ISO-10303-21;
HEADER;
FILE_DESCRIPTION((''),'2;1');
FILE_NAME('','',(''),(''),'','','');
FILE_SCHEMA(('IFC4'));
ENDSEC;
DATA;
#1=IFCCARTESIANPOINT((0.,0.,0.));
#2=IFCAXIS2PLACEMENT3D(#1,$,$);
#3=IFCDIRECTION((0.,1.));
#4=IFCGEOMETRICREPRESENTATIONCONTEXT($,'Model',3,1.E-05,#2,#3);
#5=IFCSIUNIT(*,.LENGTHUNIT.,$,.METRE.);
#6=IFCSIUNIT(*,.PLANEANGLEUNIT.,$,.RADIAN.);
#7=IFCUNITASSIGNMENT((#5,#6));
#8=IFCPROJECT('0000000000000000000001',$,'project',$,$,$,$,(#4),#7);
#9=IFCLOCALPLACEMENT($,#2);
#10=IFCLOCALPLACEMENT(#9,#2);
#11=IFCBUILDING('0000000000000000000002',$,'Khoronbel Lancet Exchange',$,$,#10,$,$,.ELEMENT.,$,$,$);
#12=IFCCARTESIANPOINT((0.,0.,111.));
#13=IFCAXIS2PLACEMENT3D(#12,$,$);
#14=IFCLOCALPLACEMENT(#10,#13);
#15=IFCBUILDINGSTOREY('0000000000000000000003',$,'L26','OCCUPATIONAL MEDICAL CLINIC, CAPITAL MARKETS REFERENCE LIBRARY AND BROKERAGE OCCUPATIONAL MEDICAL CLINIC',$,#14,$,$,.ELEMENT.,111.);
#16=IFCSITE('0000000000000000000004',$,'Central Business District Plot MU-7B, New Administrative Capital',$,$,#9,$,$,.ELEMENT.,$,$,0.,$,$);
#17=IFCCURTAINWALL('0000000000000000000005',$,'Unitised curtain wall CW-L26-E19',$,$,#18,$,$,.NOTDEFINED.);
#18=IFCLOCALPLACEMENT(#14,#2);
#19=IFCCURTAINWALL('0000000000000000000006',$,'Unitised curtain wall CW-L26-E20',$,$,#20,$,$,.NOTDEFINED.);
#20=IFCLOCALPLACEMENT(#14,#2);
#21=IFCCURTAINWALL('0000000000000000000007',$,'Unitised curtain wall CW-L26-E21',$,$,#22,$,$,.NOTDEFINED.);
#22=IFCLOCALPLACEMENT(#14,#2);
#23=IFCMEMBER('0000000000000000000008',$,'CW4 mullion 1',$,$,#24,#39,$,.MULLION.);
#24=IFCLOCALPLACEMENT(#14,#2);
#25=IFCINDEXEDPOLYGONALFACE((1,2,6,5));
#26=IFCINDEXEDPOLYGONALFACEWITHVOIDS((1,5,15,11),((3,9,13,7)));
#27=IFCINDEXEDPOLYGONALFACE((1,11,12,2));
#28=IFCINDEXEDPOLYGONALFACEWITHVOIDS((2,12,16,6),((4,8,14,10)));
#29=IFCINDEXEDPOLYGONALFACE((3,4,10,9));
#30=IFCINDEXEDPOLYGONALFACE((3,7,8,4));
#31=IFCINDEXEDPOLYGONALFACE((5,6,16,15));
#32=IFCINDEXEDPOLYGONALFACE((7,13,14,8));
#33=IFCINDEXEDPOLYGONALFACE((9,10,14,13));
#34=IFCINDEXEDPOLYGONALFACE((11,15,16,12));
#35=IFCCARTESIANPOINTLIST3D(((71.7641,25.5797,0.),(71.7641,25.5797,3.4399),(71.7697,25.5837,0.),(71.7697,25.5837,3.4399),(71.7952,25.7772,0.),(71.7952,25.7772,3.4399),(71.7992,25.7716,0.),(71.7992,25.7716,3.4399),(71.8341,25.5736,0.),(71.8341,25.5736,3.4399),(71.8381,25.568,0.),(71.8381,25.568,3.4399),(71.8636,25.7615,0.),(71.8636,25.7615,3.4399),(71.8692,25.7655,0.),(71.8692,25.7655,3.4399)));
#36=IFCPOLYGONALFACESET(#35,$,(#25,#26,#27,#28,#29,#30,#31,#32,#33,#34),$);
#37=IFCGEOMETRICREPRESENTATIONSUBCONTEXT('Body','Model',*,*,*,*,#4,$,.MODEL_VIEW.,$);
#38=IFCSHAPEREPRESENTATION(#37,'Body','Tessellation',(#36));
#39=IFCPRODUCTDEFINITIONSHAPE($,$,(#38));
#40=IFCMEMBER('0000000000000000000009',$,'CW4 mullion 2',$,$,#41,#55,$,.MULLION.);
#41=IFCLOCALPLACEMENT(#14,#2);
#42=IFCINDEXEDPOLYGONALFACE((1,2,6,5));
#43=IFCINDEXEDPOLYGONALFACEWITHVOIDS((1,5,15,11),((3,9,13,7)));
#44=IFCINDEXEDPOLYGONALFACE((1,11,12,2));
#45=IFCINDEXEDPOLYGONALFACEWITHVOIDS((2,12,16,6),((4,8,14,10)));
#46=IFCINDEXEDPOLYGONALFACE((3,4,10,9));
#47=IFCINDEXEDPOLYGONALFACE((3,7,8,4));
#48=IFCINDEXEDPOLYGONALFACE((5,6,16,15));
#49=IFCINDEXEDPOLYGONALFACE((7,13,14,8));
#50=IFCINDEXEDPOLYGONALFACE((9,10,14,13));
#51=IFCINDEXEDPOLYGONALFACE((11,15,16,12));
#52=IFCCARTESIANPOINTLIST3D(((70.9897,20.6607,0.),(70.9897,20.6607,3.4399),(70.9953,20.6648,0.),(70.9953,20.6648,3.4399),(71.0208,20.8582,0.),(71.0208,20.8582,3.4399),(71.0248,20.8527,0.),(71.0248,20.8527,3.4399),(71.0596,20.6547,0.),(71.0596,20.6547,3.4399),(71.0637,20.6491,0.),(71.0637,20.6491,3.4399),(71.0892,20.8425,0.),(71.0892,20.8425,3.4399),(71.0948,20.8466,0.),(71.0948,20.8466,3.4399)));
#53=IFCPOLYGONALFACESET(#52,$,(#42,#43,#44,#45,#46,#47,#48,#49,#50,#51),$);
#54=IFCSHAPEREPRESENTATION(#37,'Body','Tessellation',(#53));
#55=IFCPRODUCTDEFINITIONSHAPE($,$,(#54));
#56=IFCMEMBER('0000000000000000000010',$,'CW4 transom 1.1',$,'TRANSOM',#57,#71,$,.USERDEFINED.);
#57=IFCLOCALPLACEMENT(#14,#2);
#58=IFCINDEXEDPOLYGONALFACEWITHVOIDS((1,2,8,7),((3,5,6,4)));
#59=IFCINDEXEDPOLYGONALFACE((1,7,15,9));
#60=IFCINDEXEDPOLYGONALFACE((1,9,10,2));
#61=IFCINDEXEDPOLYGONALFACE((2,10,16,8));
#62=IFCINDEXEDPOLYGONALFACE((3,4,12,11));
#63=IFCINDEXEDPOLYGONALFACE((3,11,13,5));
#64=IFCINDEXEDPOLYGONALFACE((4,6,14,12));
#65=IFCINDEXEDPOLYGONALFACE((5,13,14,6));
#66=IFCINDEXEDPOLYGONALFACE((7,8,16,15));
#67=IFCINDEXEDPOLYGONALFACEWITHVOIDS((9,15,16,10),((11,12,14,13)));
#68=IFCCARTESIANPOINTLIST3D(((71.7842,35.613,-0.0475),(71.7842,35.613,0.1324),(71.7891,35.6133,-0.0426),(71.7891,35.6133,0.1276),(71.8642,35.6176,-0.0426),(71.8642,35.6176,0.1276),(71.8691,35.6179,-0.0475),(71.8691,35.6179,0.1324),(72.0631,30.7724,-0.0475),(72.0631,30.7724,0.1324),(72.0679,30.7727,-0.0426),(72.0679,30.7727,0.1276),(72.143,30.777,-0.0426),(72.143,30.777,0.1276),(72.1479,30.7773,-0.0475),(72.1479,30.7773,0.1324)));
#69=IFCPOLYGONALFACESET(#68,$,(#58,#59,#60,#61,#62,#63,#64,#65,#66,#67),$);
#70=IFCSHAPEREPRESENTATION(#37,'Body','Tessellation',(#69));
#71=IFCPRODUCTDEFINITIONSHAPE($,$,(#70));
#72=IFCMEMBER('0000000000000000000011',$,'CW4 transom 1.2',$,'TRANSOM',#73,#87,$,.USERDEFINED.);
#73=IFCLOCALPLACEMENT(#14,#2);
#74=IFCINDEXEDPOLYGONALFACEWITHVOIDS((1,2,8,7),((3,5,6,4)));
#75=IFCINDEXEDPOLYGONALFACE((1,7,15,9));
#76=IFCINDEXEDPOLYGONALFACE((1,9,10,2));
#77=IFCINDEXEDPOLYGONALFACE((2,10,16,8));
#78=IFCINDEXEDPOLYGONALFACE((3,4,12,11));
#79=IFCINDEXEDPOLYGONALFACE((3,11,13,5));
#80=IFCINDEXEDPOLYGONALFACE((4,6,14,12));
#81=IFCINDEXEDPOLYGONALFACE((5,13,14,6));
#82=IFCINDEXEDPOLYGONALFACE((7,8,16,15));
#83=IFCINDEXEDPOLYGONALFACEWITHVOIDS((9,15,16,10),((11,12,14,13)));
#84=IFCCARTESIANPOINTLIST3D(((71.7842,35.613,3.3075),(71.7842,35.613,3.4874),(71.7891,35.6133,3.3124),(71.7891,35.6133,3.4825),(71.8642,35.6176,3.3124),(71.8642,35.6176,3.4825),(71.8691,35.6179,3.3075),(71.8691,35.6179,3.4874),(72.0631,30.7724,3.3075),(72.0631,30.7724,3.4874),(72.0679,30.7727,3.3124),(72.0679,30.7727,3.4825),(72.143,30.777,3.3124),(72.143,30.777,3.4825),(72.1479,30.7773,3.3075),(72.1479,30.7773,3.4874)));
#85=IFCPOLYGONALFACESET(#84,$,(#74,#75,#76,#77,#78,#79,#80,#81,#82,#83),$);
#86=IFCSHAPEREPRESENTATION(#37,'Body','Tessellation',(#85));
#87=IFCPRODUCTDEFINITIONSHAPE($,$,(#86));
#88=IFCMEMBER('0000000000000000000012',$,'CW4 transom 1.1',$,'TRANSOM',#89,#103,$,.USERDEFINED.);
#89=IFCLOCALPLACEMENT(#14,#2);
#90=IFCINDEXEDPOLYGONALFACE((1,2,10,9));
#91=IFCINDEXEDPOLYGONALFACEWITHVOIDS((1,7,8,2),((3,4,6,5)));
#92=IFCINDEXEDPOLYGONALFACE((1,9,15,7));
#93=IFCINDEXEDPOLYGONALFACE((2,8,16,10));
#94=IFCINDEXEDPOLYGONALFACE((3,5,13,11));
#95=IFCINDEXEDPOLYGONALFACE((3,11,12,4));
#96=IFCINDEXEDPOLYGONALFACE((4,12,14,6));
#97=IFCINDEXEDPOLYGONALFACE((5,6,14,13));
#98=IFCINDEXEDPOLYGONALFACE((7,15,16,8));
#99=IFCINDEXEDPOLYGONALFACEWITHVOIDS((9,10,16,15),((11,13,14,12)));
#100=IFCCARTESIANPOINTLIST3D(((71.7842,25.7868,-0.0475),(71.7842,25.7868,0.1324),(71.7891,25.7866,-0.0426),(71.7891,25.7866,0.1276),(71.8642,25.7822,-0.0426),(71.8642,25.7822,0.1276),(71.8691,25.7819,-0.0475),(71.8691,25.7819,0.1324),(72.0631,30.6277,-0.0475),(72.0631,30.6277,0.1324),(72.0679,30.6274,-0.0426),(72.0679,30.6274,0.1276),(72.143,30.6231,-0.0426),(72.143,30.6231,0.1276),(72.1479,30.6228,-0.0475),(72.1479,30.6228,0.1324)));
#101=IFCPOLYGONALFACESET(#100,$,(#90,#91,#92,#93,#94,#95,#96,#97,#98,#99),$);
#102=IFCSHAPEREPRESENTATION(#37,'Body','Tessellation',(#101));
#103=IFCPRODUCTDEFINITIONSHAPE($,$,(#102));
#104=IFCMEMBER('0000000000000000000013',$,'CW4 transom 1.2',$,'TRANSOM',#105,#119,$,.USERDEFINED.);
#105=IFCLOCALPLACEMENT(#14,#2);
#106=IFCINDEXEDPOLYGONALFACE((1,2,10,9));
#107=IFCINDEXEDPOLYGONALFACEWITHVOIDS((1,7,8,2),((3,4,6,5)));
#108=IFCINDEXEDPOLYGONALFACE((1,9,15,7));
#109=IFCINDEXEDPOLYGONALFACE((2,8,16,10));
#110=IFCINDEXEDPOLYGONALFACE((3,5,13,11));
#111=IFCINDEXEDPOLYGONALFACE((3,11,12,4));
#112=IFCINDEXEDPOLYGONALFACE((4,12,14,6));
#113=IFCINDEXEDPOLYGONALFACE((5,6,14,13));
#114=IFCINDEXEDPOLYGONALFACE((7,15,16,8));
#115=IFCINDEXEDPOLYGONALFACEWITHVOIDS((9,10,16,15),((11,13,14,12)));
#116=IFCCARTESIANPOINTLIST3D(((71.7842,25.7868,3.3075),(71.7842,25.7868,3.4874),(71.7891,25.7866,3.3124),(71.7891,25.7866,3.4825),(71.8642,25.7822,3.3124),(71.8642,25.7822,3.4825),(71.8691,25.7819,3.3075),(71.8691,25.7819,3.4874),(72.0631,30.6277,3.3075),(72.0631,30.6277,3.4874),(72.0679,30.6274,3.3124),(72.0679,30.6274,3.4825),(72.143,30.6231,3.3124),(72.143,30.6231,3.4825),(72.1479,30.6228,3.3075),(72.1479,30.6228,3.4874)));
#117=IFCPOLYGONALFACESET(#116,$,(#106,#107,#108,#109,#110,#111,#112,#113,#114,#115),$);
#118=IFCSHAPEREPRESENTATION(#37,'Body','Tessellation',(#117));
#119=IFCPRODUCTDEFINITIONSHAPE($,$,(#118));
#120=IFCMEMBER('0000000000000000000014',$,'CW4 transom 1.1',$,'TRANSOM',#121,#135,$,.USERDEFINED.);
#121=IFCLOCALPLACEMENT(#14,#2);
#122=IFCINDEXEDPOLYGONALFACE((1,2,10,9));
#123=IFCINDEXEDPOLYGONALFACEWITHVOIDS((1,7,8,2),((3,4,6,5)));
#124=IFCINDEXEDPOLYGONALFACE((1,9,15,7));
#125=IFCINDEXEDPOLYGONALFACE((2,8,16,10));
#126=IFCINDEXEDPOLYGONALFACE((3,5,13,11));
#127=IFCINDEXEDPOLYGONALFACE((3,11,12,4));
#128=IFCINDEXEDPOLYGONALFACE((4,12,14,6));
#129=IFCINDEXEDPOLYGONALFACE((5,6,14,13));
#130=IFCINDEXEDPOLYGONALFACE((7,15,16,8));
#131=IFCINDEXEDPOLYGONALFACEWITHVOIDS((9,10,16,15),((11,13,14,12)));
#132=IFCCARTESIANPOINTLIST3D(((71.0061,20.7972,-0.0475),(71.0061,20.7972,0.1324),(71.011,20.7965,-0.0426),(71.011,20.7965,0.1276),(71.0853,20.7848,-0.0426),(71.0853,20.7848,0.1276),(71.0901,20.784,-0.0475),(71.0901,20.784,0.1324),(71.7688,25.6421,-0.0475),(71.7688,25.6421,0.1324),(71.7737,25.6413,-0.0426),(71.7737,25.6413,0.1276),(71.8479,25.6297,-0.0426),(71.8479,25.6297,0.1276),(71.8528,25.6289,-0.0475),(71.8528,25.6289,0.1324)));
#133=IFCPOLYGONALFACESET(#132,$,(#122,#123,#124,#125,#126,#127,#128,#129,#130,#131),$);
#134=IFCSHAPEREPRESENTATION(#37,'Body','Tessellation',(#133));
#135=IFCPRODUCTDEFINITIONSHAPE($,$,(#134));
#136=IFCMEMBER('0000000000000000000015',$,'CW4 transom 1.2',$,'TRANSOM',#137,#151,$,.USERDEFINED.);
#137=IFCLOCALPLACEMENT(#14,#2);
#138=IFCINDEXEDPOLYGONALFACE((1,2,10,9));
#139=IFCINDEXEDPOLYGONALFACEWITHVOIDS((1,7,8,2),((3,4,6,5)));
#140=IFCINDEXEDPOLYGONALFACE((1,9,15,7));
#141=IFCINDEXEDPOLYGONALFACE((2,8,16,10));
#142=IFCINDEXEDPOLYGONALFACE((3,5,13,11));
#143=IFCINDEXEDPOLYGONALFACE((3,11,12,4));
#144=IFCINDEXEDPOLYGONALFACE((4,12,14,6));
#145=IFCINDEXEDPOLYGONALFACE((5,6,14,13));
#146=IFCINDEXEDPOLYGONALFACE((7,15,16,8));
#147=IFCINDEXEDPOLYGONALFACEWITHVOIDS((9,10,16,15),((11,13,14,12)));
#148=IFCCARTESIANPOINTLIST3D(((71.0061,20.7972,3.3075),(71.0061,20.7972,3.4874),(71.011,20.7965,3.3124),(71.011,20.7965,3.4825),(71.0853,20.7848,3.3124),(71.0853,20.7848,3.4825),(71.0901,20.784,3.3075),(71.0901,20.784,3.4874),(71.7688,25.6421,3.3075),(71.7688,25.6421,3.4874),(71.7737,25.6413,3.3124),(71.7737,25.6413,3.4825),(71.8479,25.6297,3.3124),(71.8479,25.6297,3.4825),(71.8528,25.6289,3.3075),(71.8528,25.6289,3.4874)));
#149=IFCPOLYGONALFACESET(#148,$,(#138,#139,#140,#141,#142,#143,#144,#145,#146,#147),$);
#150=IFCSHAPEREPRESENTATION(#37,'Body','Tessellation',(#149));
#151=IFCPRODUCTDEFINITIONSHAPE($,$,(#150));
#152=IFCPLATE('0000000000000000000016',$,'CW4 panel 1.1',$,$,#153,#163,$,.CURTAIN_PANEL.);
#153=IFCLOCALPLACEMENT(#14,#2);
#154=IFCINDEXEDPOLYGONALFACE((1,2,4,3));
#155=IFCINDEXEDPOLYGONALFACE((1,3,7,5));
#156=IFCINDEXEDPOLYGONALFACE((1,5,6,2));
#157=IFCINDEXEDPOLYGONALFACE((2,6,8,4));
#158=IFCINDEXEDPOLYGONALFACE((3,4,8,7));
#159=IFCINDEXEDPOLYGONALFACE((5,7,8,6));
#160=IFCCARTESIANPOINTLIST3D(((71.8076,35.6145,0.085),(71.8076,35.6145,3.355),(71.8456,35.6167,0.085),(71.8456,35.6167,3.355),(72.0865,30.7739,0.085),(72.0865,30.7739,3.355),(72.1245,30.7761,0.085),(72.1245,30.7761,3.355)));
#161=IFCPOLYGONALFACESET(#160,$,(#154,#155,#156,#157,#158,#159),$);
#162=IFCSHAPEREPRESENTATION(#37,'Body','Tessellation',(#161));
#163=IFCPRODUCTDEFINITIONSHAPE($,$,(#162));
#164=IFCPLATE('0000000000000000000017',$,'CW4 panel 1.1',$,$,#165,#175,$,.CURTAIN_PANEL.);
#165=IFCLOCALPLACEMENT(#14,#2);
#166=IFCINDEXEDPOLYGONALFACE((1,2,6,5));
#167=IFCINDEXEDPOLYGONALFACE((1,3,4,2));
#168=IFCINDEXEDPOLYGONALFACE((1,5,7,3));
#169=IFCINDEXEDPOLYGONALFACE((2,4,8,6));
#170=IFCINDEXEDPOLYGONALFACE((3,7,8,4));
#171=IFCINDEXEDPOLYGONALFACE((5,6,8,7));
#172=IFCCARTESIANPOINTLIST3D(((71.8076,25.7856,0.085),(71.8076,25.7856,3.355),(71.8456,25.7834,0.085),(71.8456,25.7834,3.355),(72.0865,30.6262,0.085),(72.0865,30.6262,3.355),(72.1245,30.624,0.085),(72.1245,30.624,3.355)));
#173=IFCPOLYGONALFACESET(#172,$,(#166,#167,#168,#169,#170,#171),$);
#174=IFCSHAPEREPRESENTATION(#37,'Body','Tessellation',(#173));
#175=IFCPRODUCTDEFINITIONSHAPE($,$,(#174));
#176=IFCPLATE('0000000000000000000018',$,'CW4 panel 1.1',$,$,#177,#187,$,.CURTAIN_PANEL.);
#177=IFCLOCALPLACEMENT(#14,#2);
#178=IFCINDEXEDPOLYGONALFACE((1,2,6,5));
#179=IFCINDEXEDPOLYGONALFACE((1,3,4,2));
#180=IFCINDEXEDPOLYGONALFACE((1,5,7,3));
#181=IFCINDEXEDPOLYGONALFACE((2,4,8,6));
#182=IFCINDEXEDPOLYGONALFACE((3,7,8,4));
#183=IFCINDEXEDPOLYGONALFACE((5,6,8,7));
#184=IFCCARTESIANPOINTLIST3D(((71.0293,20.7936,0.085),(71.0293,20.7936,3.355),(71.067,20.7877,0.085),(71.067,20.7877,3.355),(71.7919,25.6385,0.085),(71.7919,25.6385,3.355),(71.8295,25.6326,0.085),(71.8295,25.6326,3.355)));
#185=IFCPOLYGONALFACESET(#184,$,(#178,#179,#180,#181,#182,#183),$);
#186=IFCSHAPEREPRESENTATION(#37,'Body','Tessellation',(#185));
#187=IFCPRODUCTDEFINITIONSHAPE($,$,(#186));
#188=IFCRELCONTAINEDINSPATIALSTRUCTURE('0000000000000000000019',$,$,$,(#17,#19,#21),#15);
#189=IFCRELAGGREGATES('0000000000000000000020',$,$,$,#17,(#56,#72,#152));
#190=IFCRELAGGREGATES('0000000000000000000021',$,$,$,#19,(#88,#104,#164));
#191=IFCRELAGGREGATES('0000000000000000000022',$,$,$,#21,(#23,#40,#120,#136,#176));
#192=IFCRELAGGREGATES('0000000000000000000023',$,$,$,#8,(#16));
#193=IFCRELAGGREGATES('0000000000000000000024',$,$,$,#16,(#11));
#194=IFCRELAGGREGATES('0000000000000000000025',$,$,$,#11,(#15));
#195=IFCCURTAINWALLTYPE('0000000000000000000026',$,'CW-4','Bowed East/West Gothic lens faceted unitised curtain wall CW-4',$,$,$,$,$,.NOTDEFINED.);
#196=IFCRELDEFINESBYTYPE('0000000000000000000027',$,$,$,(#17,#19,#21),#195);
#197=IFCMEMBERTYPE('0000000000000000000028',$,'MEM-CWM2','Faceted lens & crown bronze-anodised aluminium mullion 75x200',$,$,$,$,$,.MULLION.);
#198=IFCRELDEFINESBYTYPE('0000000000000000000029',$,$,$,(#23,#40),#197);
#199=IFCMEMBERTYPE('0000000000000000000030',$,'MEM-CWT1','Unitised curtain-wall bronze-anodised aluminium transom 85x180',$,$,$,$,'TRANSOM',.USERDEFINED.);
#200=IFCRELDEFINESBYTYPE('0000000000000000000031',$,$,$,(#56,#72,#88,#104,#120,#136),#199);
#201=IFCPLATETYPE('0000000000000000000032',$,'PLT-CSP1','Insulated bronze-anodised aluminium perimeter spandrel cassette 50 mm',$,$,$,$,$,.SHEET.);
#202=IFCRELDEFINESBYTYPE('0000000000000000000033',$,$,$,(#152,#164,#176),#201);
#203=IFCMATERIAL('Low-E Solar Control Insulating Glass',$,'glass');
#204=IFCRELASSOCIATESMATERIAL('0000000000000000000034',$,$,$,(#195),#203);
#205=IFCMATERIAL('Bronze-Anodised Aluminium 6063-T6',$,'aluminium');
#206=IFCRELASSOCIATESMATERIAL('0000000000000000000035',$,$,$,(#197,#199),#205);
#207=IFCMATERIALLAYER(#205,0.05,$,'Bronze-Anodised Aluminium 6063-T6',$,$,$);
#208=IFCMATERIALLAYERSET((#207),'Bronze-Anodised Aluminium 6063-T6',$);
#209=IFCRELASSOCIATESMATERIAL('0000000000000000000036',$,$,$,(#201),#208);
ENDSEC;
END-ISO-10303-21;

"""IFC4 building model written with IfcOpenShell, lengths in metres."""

from ifc_helpers import new_model, si_unit, direction, frame, origin, origin_2d, place, context, subcontext, project, spatial, rectangle, hollow_rectangle, extrude, material, layer, layer_set, material_profile, profile_set, type_object, element, aggregate, save


model = new_model("IFC4")

# Units and contexts
model_context = context("Model", 3, precision=1e-05, world=origin(), true_north=direction((0.0, 1.0)))
body_context = subcontext(model_context, "Body", "Model", "MODEL_VIEW")
ifc_project = project(units=[si_unit("LENGTHUNIT", "METRE"), si_unit("PLANEANGLEUNIT", "RADIAN")], contexts=[model_context])

# Site, building, storey
site_placement = place(None, origin())
site = spatial("IfcSite", under=ifc_project, at=site_placement, Name="Central Business District Plot MU-7B, New Administrative Capital", CompositionType="ELEMENT", RefElevation=0.0)
building_placement = place(site_placement, origin())
building = spatial("IfcBuilding", under=site, at=building_placement, Name="Khoronbel Lancet Exchange", CompositionType="ELEMENT")
storey_placement = place(building_placement, frame((0.0, 0.0, 111.0)))
storey = spatial("IfcBuildingStorey", under=building, at=storey_placement, Name="L26", Description="OCCUPATIONAL MEDICAL CLINIC, CAPITAL MARKETS REFERENCE LIBRARY AND BROKERAGE OCCUPATIONAL MEDICAL CLINIC", CompositionType="ELEMENT", Elevation=111.0)

# Curtain walls, members
ifc_material_1 = material(Name="Low-E Solar Control Insulating Glass", Category="glass")
curtain_wall_type = type_object("IfcCurtainWallType", Name="CW-4", Description="Bowed East/West Gothic lens faceted unitised curtain wall CW-4", PredefinedType="NOTDEFINED", material=ifc_material_1)
curtain_wall_1_placement = place(storey_placement, origin())
curtain_wall_1 = element("IfcCurtainWall", 1, at=curtain_wall_1_placement, inside=storey, type_object=curtain_wall_type, Name="Unitised curtain wall CW-L26-E19", PredefinedType="NOTDEFINED")
ifc_material_2 = material(Name="Bronze-Anodised Aluminium 6063-T6", Category="aluminium")
ifc_material_profile_1 = material_profile(ifc_material_2, hollow_rectangle(XDim=0.075, YDim=0.2, WallThickness=0.0049, at=origin_2d()), Name="ALU MULLION 75x200")
ifc_profile_set_1 = profile_set([ifc_material_profile_1], Name="Bronze-Anodised Aluminium 6063-T6")
member_type_1 = type_object("IfcMemberType", Name="MEM-CWM2", Description="Faceted lens & crown bronze-anodised aluminium mullion 75x200", PredefinedType="MULLION", material=ifc_profile_set_1)
curtain_wall_2_placement = place(storey_placement, origin())
curtain_wall_2 = element("IfcCurtainWall", 2, at=curtain_wall_2_placement, inside=storey, type_object=curtain_wall_type, Name="Unitised curtain wall CW-L26-E20", PredefinedType="NOTDEFINED")
curtain_wall_3_placement = place(storey_placement, origin())
curtain_wall_3 = element("IfcCurtainWall", 3, at=curtain_wall_3_placement, inside=storey, type_object=curtain_wall_type, Name="Unitised curtain wall CW-L26-E21", PredefinedType="NOTDEFINED")
member_1_placement = place(storey_placement, frame((71.8167, 25.6726, 0.0), z_axis=(0.0, 0.0, 1.0), x_axis=(0.987839, -0.155483, 0.0)))
member_1 = element("IfcMember", 4, at=member_1_placement, type_object=member_type_1, Name="CW4 mullion 1", PredefinedType="MULLION", context=body_context, shape_type="SweptSolid", body=[
    extrude(hollow_rectangle(XDim=0.075, YDim=0.2, WallThickness=0.0049, at=origin_2d()), origin(), (0.0, 0.0, 1.0), 3.4399),
])
member_2_placement = place(storey_placement, frame((71.0422, 20.7537, 0.0), z_axis=(0.0, 0.0, 1.0), x_axis=(0.987839, -0.155483, 0.0)))
member_2 = element("IfcMember", 5, at=member_2_placement, type_object=member_type_1, Name="CW4 mullion 2", PredefinedType="MULLION", context=body_context, shape_type="SweptSolid", body=[
    extrude(hollow_rectangle(XDim=0.075, YDim=0.2, WallThickness=0.0049, at=origin_2d()), origin(), (0.0, 0.0, 1.0), 3.4399),
])

# Members
ifc_material_profile_2 = material_profile(ifc_material_2, hollow_rectangle(XDim=0.085, YDim=0.1799, WallThickness=0.0049, at=origin_2d()), Name="ALU TRANSOM 85x180")
ifc_profile_set_2 = profile_set([ifc_material_profile_2], Name="Bronze-Anodised Aluminium 6063-T6")
member_type_2 = type_object("IfcMemberType", Name="MEM-CWT1", Description="Unitised curtain-wall bronze-anodised aluminium transom 85x180", ElementType="TRANSOM", PredefinedType="USERDEFINED", material=ifc_profile_set_2)
member_3_placement = place(storey_placement, frame((71.8267, 35.6155, 0.0425), z_axis=(0.057503, -0.998345, 0.0), x_axis=(0.998345, 0.057503, 0.0)))
member_3 = element("IfcMember", 6, at=member_3_placement, type_object=member_type_2, Name="CW4 transom 1.1", ObjectType="TRANSOM", PredefinedType="USERDEFINED", context=body_context, shape_type="SweptSolid", body=[
    extrude(hollow_rectangle(XDim=0.085, YDim=0.1799, WallThickness=0.0049, at=origin_2d()), origin(), (0.0, 0.0, 1.0), 4.8486),
])
member_4_placement = place(storey_placement, frame((71.8267, 35.6155, 3.3975), z_axis=(0.057503, -0.998345, 0.0), x_axis=(0.998345, 0.057503, 0.0)))
member_4 = element("IfcMember", 7, at=member_4_placement, type_object=member_type_2, Name="CW4 transom 1.2", ObjectType="TRANSOM", PredefinedType="USERDEFINED", context=body_context, shape_type="SweptSolid", body=[
    extrude(hollow_rectangle(XDim=0.085, YDim=0.1799, WallThickness=0.0049, at=origin_2d()), origin(), (0.0, 0.0, 1.0), 4.8486),
])
member_5_placement = place(storey_placement, frame((72.1055, 30.6252, 0.0425), z_axis=(-0.0575, -0.998346, 0.0), x_axis=(0.998346, -0.0575, 0.0)))
member_5 = element("IfcMember", 8, at=member_5_placement, type_object=member_type_2, Name="CW4 transom 1.1", ObjectType="TRANSOM", PredefinedType="USERDEFINED", context=body_context, shape_type="SweptSolid", body=[
    extrude(hollow_rectangle(XDim=0.085, YDim=0.1799, WallThickness=0.0049, at=origin_2d()), origin(), (0.0, 0.0, 1.0), 4.8489),
])
member_6_placement = place(storey_placement, frame((72.1055, 30.6252, 3.3975), z_axis=(-0.0575, -0.998346, 0.0), x_axis=(0.998346, -0.0575, 0.0)))
member_6 = element("IfcMember", 9, at=member_6_placement, type_object=member_type_2, Name="CW4 transom 1.2", ObjectType="TRANSOM", PredefinedType="USERDEFINED", context=body_context, shape_type="SweptSolid", body=[
    extrude(hollow_rectangle(XDim=0.085, YDim=0.1799, WallThickness=0.0049, at=origin_2d()), origin(), (0.0, 0.0, 1.0), 4.8489),
])
member_7_placement = place(storey_placement, frame((71.8108, 25.6355, 0.0425), z_axis=(-0.155505, -0.987835, 0.0), x_axis=(0.987835, -0.155505, 0.0)))
member_7 = element("IfcMember", 10, at=member_7_placement, type_object=member_type_2, Name="CW4 transom 1.1", ObjectType="TRANSOM", PredefinedType="USERDEFINED", context=body_context, shape_type="SweptSolid", body=[
    extrude(hollow_rectangle(XDim=0.085, YDim=0.1799, WallThickness=0.0049, at=origin_2d()), origin(), (0.0, 0.0, 1.0), 4.9045),
])
member_8_placement = place(storey_placement, frame((71.8108, 25.6355, 3.3975), z_axis=(-0.155505, -0.987835, 0.0), x_axis=(0.987835, -0.155505, 0.0)))
member_8 = element("IfcMember", 11, at=member_8_placement, type_object=member_type_2, Name="CW4 transom 1.2", ObjectType="TRANSOM", PredefinedType="USERDEFINED", context=body_context, shape_type="SweptSolid", body=[
    extrude(hollow_rectangle(XDim=0.085, YDim=0.1799, WallThickness=0.0049, at=origin_2d()), origin(), (0.0, 0.0, 1.0), 4.9045),
])

# Plates
ifc_layer_1 = layer(ifc_material_2, 0.05, Name="Bronze-Anodised Aluminium 6063-T6")
ifc_layer_set_1 = layer_set([ifc_layer_1], Name="Bronze-Anodised Aluminium 6063-T6")
plate_type = type_object("IfcPlateType", Name="PLT-CSP1", Description="Insulated bronze-anodised aluminium perimeter spandrel cassette 50 mm", PredefinedType="SHEET", material=ifc_layer_set_1)
plate_1_placement = place(storey_placement, frame((71.9661, 33.1953, 0.085), z_axis=(0.0, 0.0, 1.0), x_axis=(0.057515, -0.998345, 0.0)))
plate_1 = element("IfcPlate", 12, at=plate_1_placement, type_object=plate_type, Name="CW4 panel 1.1", PredefinedType="CURTAIN_PANEL", context=body_context, shape_type="SweptSolid", body=[
    extrude(rectangle(XDim=4.8486, YDim=0.0381, at=origin_2d()), origin(), (0.0, 0.0, 1.0), 3.27),
])
aggregate(curtain_wall_1, [member_3, member_4, plate_1])
plate_2_placement = place(storey_placement, frame((71.9661, 28.2048, 0.085), z_axis=(0.0, 0.0, 1.0), x_axis=(-0.057515, -0.998345, 0.0)))
plate_2 = element("IfcPlate", 13, at=plate_2_placement, type_object=plate_type, Name="CW4 panel 1.1", PredefinedType="CURTAIN_PANEL", context=body_context, shape_type="SweptSolid", body=[
    extrude(rectangle(XDim=4.8486, YDim=0.0381, at=origin_2d()), origin(), (0.0, 0.0, 1.0), 3.27),
])
aggregate(curtain_wall_2, [member_5, member_6, plate_2])
plate_3_placement = place(storey_placement, frame((71.4294, 23.2131, 0.085), z_axis=(0.0, 0.0, 1.0), x_axis=(-0.155483, -0.987839, 0.0)))
plate_3 = element("IfcPlate", 14, at=plate_3_placement, type_object=plate_type, Name="CW4 panel 1.1", PredefinedType="CURTAIN_PANEL", context=body_context, shape_type="SweptSolid", body=[
    extrude(rectangle(XDim=4.9045, YDim=0.0381, at=origin_2d()), origin(), (0.0, 0.0, 1.0), 3.27),
])
aggregate(curtain_wall_3, [member_1, member_2, member_7, member_8, plate_3])

save(model, "model.ifc")
